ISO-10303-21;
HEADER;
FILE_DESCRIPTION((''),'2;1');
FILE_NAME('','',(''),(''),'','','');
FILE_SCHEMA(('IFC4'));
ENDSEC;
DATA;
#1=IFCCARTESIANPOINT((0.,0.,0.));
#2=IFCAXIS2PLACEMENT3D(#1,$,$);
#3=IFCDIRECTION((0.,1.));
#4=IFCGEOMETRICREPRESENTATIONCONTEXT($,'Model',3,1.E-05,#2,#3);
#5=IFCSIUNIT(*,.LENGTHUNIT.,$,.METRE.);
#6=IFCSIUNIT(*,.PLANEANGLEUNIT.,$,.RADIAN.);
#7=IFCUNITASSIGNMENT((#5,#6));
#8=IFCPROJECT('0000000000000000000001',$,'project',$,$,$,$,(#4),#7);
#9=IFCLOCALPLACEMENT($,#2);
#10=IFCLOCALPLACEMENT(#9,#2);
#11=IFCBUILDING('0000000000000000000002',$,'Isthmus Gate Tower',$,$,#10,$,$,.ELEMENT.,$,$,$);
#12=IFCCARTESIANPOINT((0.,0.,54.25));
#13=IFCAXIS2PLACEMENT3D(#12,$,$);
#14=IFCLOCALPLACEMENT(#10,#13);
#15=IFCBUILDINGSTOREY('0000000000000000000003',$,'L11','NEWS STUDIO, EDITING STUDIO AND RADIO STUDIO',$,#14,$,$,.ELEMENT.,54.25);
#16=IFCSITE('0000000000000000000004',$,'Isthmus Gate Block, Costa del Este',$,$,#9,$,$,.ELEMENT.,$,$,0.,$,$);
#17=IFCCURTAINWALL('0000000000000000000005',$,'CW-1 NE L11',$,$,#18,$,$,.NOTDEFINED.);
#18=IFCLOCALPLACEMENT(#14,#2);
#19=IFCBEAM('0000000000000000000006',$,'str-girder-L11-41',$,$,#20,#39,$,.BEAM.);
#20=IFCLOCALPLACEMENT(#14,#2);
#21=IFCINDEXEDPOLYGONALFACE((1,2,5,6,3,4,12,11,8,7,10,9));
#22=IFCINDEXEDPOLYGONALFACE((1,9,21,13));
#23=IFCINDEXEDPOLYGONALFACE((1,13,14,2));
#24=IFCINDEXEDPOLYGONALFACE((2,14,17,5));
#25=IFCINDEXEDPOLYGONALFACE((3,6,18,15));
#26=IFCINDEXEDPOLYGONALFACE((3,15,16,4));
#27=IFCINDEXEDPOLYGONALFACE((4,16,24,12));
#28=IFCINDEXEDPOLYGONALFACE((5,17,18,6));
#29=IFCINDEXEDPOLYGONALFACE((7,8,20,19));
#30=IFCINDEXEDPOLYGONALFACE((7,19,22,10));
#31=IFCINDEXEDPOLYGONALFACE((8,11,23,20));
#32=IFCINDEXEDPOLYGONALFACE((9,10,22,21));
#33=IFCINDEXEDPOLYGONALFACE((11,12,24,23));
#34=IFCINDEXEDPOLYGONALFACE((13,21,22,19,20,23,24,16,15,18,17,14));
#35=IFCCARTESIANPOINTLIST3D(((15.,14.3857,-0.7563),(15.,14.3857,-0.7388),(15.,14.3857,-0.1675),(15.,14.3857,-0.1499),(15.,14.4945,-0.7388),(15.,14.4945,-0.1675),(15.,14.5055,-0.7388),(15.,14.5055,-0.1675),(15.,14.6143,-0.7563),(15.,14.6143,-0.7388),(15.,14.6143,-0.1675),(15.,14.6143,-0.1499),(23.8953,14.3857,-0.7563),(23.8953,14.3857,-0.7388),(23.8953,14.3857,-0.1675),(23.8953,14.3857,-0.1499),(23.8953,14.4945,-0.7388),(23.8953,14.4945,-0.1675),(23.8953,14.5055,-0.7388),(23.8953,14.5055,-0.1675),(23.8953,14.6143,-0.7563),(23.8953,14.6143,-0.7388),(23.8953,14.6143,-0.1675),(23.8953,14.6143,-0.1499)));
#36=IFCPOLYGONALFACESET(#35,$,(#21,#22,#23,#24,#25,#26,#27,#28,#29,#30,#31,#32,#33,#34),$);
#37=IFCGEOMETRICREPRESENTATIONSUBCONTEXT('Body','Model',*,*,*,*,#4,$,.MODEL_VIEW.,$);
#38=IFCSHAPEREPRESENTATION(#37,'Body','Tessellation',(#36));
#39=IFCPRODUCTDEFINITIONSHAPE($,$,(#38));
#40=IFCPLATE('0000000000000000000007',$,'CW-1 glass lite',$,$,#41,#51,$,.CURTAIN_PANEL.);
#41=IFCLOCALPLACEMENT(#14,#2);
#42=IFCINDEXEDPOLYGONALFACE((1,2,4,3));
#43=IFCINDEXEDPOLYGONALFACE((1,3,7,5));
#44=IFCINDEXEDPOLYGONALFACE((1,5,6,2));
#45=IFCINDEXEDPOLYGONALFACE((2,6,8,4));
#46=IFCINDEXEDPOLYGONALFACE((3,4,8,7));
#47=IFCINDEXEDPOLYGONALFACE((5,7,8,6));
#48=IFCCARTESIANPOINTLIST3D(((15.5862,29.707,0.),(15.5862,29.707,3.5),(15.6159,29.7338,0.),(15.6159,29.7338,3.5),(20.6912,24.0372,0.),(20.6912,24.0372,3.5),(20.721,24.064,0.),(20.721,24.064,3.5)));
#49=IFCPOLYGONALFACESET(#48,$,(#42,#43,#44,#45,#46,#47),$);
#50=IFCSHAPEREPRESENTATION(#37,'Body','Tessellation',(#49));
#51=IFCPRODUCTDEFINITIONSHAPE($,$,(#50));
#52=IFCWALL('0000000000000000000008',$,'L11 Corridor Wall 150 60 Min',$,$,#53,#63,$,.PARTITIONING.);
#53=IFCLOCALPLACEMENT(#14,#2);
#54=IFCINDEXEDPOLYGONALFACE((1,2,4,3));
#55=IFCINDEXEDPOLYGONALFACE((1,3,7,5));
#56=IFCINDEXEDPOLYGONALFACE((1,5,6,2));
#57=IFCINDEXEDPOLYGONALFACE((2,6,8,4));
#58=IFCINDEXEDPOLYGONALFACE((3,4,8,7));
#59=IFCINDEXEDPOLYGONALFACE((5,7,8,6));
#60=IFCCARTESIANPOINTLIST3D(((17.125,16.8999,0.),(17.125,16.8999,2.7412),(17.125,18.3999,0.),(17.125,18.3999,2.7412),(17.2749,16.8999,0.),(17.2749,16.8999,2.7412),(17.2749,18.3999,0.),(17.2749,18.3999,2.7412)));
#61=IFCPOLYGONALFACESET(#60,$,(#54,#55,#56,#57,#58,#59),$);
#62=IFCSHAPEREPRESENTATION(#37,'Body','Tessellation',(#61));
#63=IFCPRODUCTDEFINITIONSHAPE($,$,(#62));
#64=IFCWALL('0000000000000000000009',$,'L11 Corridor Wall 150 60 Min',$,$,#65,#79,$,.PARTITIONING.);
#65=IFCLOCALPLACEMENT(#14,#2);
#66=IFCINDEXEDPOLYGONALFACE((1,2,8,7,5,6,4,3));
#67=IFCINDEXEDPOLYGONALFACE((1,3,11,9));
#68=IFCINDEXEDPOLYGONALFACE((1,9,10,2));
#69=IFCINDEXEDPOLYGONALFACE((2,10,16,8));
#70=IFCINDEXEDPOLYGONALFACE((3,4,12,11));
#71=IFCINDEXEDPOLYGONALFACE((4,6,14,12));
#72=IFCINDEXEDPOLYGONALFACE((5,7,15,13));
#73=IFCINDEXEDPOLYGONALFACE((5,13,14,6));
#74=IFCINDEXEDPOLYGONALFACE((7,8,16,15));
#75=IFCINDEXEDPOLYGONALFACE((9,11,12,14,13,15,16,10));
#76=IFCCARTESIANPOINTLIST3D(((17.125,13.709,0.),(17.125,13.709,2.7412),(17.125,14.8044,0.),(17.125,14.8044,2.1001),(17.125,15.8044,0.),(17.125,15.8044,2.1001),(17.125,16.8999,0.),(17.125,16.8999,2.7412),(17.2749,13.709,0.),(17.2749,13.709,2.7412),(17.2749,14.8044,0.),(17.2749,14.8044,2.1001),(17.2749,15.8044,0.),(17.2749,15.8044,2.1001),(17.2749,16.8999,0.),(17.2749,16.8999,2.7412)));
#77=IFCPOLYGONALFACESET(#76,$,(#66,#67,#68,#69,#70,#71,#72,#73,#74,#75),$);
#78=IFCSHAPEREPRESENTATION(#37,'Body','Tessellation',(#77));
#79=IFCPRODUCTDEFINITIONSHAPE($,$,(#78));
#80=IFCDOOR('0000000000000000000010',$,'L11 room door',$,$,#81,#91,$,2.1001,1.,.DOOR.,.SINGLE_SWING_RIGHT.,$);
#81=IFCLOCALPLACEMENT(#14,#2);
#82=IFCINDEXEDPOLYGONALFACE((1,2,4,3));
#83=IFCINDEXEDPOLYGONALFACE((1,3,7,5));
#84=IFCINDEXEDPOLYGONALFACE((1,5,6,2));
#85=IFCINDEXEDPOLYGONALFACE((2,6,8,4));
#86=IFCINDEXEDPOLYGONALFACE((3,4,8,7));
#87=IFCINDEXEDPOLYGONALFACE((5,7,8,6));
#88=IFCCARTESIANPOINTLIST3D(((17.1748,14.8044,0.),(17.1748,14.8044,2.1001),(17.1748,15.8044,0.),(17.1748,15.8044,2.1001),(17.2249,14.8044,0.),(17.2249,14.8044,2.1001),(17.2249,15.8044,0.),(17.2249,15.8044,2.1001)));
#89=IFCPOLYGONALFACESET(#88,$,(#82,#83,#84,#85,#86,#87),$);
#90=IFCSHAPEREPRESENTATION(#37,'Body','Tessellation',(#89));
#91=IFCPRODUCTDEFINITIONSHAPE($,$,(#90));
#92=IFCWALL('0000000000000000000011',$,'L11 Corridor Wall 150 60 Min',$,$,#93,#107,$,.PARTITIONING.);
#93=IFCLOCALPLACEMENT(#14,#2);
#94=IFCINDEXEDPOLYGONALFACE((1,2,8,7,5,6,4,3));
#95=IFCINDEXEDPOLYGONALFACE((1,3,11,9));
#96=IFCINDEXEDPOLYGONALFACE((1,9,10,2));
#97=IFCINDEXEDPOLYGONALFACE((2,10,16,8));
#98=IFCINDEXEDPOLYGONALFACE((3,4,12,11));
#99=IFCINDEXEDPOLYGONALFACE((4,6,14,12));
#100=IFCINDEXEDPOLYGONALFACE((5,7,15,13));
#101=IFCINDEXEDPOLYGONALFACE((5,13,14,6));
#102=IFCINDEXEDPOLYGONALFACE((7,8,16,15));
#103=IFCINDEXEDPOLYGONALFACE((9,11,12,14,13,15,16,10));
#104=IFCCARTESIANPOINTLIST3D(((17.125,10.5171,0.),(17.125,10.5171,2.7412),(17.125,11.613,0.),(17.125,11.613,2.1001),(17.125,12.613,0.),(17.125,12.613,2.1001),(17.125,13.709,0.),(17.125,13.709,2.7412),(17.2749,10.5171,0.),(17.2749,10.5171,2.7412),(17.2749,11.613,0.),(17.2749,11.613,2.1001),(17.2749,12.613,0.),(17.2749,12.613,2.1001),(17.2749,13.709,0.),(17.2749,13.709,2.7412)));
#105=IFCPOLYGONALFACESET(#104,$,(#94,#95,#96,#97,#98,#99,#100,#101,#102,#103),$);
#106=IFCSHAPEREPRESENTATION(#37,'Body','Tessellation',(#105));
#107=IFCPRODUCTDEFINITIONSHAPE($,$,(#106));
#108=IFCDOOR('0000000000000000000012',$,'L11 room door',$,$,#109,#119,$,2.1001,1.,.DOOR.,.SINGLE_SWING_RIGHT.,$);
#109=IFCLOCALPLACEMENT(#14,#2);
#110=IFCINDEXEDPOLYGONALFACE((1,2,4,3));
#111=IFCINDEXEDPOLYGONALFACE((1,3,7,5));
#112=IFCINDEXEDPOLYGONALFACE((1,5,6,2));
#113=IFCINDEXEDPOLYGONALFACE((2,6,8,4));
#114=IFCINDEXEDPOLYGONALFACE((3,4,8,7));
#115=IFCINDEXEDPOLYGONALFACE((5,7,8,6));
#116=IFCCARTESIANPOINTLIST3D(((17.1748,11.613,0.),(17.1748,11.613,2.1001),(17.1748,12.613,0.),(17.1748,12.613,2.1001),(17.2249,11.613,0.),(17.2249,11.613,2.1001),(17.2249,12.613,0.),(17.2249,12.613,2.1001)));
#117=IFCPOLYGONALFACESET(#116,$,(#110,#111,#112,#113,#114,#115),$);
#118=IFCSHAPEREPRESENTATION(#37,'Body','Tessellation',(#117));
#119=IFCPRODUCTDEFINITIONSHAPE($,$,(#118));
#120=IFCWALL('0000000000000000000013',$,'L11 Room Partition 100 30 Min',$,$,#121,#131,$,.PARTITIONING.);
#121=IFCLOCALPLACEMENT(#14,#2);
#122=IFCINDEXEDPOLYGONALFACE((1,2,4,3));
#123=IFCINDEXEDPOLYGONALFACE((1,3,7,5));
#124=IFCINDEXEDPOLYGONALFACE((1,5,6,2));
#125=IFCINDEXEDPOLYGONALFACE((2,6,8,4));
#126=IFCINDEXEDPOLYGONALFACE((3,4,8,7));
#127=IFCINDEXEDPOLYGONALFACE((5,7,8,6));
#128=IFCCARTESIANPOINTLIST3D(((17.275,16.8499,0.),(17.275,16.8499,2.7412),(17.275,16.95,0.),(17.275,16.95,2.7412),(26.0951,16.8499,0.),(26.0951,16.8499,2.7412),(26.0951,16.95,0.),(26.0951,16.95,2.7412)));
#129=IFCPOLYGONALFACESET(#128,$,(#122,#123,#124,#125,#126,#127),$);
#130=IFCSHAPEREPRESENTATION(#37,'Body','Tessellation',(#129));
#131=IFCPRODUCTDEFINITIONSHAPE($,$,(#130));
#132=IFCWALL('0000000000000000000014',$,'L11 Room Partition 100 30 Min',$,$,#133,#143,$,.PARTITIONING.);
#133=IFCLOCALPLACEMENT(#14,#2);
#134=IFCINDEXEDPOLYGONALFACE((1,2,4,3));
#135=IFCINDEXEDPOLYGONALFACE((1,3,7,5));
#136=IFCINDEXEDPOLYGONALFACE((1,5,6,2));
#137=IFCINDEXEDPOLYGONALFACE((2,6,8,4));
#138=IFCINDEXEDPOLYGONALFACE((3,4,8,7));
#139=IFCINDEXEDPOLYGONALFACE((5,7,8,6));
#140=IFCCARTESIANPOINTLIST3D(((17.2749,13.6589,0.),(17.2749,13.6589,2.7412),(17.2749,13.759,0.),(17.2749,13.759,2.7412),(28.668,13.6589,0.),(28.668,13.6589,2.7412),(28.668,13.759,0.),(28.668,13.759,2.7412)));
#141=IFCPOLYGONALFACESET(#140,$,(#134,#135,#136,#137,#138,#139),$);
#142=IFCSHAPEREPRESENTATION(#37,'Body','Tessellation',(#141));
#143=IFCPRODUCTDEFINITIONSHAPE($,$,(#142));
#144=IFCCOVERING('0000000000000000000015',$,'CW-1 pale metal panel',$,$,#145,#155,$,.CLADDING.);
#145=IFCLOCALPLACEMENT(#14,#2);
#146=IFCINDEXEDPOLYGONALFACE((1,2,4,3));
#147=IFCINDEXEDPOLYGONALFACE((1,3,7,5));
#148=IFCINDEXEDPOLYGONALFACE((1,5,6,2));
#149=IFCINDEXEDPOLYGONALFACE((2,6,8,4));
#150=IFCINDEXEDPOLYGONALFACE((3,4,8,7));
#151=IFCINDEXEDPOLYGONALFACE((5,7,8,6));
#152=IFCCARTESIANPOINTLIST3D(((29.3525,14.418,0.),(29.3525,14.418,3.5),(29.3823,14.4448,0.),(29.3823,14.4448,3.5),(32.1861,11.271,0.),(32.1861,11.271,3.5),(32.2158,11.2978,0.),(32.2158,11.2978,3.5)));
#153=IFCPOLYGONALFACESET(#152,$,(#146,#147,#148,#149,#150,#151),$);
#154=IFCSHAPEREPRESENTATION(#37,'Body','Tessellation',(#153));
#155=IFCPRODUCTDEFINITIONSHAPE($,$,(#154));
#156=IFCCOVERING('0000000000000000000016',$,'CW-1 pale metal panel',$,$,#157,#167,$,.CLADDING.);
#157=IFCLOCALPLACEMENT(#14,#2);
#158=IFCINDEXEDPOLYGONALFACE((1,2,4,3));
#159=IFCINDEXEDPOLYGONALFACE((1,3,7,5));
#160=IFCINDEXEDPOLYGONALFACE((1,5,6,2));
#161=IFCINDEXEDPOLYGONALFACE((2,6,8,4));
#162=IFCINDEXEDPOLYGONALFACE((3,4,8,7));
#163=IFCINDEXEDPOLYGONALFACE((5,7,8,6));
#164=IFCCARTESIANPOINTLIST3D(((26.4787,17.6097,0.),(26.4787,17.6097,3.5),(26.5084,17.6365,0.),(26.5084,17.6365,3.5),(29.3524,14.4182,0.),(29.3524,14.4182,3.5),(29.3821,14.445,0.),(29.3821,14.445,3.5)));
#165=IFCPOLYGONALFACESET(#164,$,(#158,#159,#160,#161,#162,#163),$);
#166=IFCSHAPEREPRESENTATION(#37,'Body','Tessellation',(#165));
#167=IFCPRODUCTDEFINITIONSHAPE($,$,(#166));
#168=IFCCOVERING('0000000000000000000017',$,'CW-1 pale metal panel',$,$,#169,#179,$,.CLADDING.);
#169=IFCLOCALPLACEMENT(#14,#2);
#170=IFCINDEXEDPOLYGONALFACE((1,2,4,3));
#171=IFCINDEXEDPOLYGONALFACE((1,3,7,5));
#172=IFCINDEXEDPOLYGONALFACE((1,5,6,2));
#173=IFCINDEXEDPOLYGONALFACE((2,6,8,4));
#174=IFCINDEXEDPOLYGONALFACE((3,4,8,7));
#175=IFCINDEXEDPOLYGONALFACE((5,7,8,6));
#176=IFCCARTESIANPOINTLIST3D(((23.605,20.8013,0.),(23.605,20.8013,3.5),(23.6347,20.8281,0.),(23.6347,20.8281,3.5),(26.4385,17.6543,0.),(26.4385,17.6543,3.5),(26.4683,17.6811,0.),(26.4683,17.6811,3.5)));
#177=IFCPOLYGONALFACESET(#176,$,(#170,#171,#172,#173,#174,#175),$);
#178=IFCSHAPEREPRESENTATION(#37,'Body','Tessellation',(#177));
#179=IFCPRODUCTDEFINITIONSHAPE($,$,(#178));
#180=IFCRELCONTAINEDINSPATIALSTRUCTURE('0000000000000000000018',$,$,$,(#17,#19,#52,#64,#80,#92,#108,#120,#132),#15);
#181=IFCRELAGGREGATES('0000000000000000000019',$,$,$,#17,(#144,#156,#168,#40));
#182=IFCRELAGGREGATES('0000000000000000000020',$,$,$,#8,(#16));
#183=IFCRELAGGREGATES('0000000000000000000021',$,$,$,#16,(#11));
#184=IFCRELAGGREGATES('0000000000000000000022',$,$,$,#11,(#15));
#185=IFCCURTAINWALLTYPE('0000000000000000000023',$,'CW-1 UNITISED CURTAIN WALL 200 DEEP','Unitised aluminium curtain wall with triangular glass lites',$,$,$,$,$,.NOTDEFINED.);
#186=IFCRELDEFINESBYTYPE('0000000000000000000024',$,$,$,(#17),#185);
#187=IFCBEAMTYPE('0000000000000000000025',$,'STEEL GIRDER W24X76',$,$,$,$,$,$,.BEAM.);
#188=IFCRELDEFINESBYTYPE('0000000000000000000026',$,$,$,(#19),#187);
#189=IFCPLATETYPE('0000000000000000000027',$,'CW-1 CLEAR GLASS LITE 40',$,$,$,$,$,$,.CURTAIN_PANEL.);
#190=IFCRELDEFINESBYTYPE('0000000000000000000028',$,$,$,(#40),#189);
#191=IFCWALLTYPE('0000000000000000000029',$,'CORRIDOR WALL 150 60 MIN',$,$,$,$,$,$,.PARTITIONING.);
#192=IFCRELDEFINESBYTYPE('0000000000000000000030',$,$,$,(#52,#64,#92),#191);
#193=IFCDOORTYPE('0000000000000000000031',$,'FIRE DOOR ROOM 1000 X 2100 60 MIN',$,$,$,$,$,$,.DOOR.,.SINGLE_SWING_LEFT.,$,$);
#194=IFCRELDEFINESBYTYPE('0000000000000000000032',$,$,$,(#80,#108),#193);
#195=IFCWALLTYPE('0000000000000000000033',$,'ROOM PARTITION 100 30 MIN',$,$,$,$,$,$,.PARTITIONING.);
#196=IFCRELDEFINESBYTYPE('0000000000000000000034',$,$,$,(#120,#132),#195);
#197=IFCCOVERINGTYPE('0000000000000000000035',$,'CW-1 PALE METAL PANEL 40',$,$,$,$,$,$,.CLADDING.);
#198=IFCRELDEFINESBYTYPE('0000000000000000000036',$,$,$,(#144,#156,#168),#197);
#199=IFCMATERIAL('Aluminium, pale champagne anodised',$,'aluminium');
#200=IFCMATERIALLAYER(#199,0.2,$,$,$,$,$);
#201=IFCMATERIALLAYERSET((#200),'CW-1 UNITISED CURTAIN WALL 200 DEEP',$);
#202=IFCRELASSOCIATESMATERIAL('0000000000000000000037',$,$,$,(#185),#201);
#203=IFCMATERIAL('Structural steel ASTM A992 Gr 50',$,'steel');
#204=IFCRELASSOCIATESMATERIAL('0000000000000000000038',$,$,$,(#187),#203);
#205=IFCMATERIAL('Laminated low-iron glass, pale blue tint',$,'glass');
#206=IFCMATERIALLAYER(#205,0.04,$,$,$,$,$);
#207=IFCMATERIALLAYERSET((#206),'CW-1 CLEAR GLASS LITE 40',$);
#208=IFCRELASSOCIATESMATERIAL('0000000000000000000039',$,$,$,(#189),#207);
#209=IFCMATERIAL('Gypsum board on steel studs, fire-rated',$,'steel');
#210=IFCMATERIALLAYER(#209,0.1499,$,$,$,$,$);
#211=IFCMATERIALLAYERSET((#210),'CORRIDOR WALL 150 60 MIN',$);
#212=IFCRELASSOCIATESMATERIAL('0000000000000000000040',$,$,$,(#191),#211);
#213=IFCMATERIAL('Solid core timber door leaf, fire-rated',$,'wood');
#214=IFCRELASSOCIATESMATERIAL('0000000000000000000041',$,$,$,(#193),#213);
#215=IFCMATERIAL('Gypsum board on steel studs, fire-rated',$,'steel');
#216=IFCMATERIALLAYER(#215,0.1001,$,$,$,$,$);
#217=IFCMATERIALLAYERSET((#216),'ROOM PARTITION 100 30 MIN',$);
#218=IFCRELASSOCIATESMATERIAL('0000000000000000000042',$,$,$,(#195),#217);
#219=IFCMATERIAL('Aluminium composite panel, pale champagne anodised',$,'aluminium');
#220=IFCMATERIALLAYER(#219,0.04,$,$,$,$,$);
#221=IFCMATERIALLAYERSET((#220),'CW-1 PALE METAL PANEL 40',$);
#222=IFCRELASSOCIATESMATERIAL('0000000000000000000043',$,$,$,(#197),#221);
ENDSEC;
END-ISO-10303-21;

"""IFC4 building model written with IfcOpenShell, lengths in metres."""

from ifc_helpers import new_model, si_unit, direction, frame, frame_2d, origin, origin_2d, place, context, subcontext, project, spatial, rectangle, i_section, extrude, material, layer, layer_set, material_profile, profile_set, type_object, element, fill, aggregate, save


model = new_model("IFC4")

# Units and contexts
model_context = context("Model", 3, precision=1e-05, world=origin(), true_north=direction((0.0, 1.0)))
body_context = subcontext(model_context, "Body", "Model", "MODEL_VIEW")
ifc_project = project(units=[si_unit("LENGTHUNIT", "METRE"), si_unit("PLANEANGLEUNIT", "RADIAN")], contexts=[model_context])

# Site, building, storey
site_placement = place(None, origin())
site = spatial("IfcSite", under=ifc_project, at=site_placement, Name="Isthmus Gate Block, Costa del Este", CompositionType="ELEMENT", RefElevation=0.0)
building_placement = place(site_placement, origin())
building = spatial("IfcBuilding", under=site, at=building_placement, Name="Isthmus Gate Tower", CompositionType="ELEMENT")
storey_placement = place(building_placement, frame((0.0, 0.0, 54.25)))
storey = spatial("IfcBuildingStorey", under=building, at=storey_placement, Name="L11", Description="NEWS STUDIO, EDITING STUDIO AND RADIO STUDIO", CompositionType="ELEMENT", Elevation=54.25)

# Curtain wall
ifc_material_1 = material(Name="Aluminium, pale champagne anodised", Category="aluminium")
ifc_layer_1 = layer(ifc_material_1, 0.2)
ifc_layer_set_1 = layer_set([ifc_layer_1], Name="CW-1 UNITISED CURTAIN WALL 200 DEEP")
curtain_wall_type = type_object("IfcCurtainWallType", Name="CW-1 UNITISED CURTAIN WALL 200 DEEP", Description="Unitised aluminium curtain wall with triangular glass lites", PredefinedType="NOTDEFINED", material=ifc_layer_set_1)
curtain_wall_1_placement = place(storey_placement, origin())
curtain_wall_1 = element("IfcCurtainWall", 1, at=curtain_wall_1_placement, inside=storey, type_object=curtain_wall_type, Name="CW-1 NE L11", PredefinedType="NOTDEFINED")

# Beam
ifc_material_2 = material(Name="Structural steel ASTM A992 Gr 50", Category="steel")
ifc_material_profile_1 = material_profile(ifc_material_2, i_section(OverallWidth=0.2285, OverallDepth=0.6064, WebThickness=0.011, FlangeThickness=0.0176, at=origin_2d()), Name="W24X76")
ifc_profile_set_1 = profile_set([ifc_material_profile_1], Name="Structural steel ASTM A992 Gr 50")
beam_type_1 = type_object("IfcBeamType", Name="STEEL GIRDER W24X76", PredefinedType="BEAM", material=ifc_profile_set_1)
beam_1_placement = place(storey_placement, frame((15.0, 14.5, -0.4531), z_axis=(1.0, 0.0, 0.0), x_axis=(0.0, 1.0, 0.0)))
element("IfcBeam", 2, at=beam_1_placement, inside=storey, type_object=beam_type_1, Name="str-girder-L11-41", PredefinedType="BEAM", context=body_context, shape_type="SweptSolid", body=[
    extrude(i_section(OverallWidth=0.2285, OverallDepth=0.6064, WebThickness=0.011, FlangeThickness=0.0176, at=origin_2d()), origin(), (0.0, 0.0, 1.0), 8.8953),
])

# Plate
ifc_material_3 = material(Name="Laminated low-iron glass, pale blue tint", Category="glass")
ifc_layer_2 = layer(ifc_material_3, 0.04)
ifc_layer_set_2 = layer_set([ifc_layer_2], Name="CW-1 CLEAR GLASS LITE 40")
plate_type = type_object("IfcPlateType", Name="CW-1 CLEAR GLASS LITE 40", PredefinedType="CURTAIN_PANEL", material=ifc_layer_set_2)
plate_placement = place(storey_placement, frame((18.1536, 26.8855, 0.0), z_axis=(0.0, 0.0, 1.0), x_axis=(-0.669131, 0.743145, 0.0)))
plate = element("IfcPlate", 3, at=plate_placement, type_object=plate_type, Name="CW-1 glass lite", PredefinedType="CURTAIN_PANEL", context=body_context, shape_type="SweptSolid", body=[
    extrude(rectangle(XDim=7.6294, YDim=0.04, at=origin_2d()), origin(), (0.0, 0.0, 1.0), 3.5),
])

# Wall
ifc_material_4 = material(Name="Gypsum board on steel studs, fire-rated", Category="steel")
ifc_layer_3 = layer(ifc_material_4, 0.1499)
ifc_layer_set_3 = layer_set([ifc_layer_3], Name="CORRIDOR WALL 150 60 MIN")
wall_type_1 = type_object("IfcWallType", Name="CORRIDOR WALL 150 60 MIN", PredefinedType="PARTITIONING", material=ifc_layer_set_3)
wall_1_placement = place(storey_placement, frame((17.2, 18.3999, 0.0), z_axis=(0.0, 0.0, 1.0), x_axis=(0.0, -1.0, 0.0)))
element("IfcWall", 4, at=wall_1_placement, inside=storey, type_object=wall_type_1, Name="L11 Corridor Wall 150 60 Min", PredefinedType="PARTITIONING", context=body_context, shape_type="SweptSolid", body=[
    extrude(rectangle(XDim=1.5, YDim=0.1499, at=frame_2d((0.75, 0.0))), origin(), (0.0, 0.0, 1.0), 2.7412),
])

# Walls, openings, doors
wall_2_placement = place(storey_placement, frame((17.2, 16.8999, 0.0), z_axis=(0.0, 0.0, 1.0), x_axis=(0.0, -1.0, 0.0)))
wall_2 = element("IfcWall", 5, at=wall_2_placement, inside=storey, type_object=wall_type_1, Name="L11 Corridor Wall 150 60 Min", PredefinedType="PARTITIONING", context=body_context, shape_type="SweptSolid", body=[
    extrude(rectangle(XDim=3.1909, YDim=0.1499, at=frame_2d((1.5955, 0.0))), origin(), (0.0, 0.0, 1.0), 2.7412),
])
opening_1_placement = place(wall_2_placement, frame((1.0955, 0.0, 0.0)))
opening_1 = element("IfcOpeningElement", 6, at=opening_1_placement, cuts=wall_2, PredefinedType="OPENING", context=body_context, shape_type="SweptSolid", body=[
    extrude(rectangle(XDim=1.0, YDim=2.1001, at=frame_2d((0.5, 1.05))), frame((0.0, 0.085, 0.0), z_axis=(0.0, -1.0, 0.0), x_axis=(1.0, 0.0, 0.0)), (0.0, 0.0, 1.0), 0.1699),
])
ifc_material_5 = material(Name="Solid core timber door leaf, fire-rated", Category="wood")
door_type = type_object("IfcDoorType", Name="FIRE DOOR ROOM 1000 X 2100 60 MIN", OperationType="SINGLE_SWING_LEFT", PredefinedType="DOOR", material=ifc_material_5)
door_1_placement = place(opening_1_placement, origin())
door_1 = element("IfcDoor", 7, at=door_1_placement, inside=storey, type_object=door_type, Name="L11 room door", OperationType="SINGLE_SWING_RIGHT", OverallHeight=2.1001, OverallWidth=1.0, PredefinedType="DOOR", context=body_context, shape_type="SweptSolid", body=[
    extrude(rectangle(XDim=1.0, YDim=2.1001, at=frame_2d((0.5, 1.05))), frame((0.0, 0.0249, 0.0), z_axis=(0.0, -1.0, 0.0), x_axis=(1.0, 0.0, 0.0)), (0.0, 0.0, 1.0), 0.05),
])
fill(opening_1, door_1)
wall_3_placement = place(storey_placement, frame((17.2, 13.709, 0.0), z_axis=(0.0, 0.0, 1.0), x_axis=(0.0, -1.0, 0.0)))
wall_3 = element("IfcWall", 8, at=wall_3_placement, inside=storey, type_object=wall_type_1, Name="L11 Corridor Wall 150 60 Min", PredefinedType="PARTITIONING", context=body_context, shape_type="SweptSolid", body=[
    extrude(rectangle(XDim=3.1919, YDim=0.1499, at=frame_2d((1.5959, 0.0))), origin(), (0.0, 0.0, 1.0), 2.7412),
])
opening_2_placement = place(wall_3_placement, frame((1.0959, 0.0, 0.0)))
opening_2 = element("IfcOpeningElement", 9, at=opening_2_placement, cuts=wall_3, PredefinedType="OPENING", context=body_context, shape_type="SweptSolid", body=[
    extrude(rectangle(XDim=1.0, YDim=2.1001, at=frame_2d((0.5, 1.05))), frame((0.0, 0.085, 0.0), z_axis=(0.0, -1.0, 0.0), x_axis=(1.0, 0.0, 0.0)), (0.0, 0.0, 1.0), 0.1699),
])
door_2_placement = place(opening_2_placement, origin())
door_2 = element("IfcDoor", 10, at=door_2_placement, inside=storey, type_object=door_type, Name="L11 room door", OperationType="SINGLE_SWING_RIGHT", OverallHeight=2.1001, OverallWidth=1.0, PredefinedType="DOOR", context=body_context, shape_type="SweptSolid", body=[
    extrude(rectangle(XDim=1.0, YDim=2.1001, at=frame_2d((0.5, 1.05))), frame((0.0, 0.0249, 0.0), z_axis=(0.0, -1.0, 0.0), x_axis=(1.0, 0.0, 0.0)), (0.0, 0.0, 1.0), 0.05),
])
fill(opening_2, door_2)

# Walls
ifc_material_6 = material(Name="Gypsum board on steel studs, fire-rated", Category="steel")
ifc_layer_4 = layer(ifc_material_6, 0.1001)
ifc_layer_set_4 = layer_set([ifc_layer_4], Name="ROOM PARTITION 100 30 MIN")
wall_type_2 = type_object("IfcWallType", Name="ROOM PARTITION 100 30 MIN", PredefinedType="PARTITIONING", material=ifc_layer_set_4)
wall_4_placement = place(storey_placement, frame((17.2749, 16.8999, 0.0), z_axis=(0.0, 0.0, 1.0), x_axis=(1.0, 0.0, 0.0)))
element("IfcWall", 11, at=wall_4_placement, inside=storey, type_object=wall_type_2, Name="L11 Room Partition 100 30 Min", PredefinedType="PARTITIONING", context=body_context, shape_type="SweptSolid", body=[
    extrude(rectangle(XDim=8.8201, YDim=0.1001, at=frame_2d((4.4102, 0.0))), origin(), (0.0, 0.0, 1.0), 2.7412),
])
wall_5_placement = place(storey_placement, frame((17.2749, 13.709, 0.0), z_axis=(0.0, 0.0, 1.0), x_axis=(1.0, 0.0, 0.0)))
element("IfcWall", 12, at=wall_5_placement, inside=storey, type_object=wall_type_2, Name="L11 Room Partition 100 30 Min", PredefinedType="PARTITIONING", context=body_context, shape_type="SweptSolid", body=[
    extrude(rectangle(XDim=11.3931, YDim=0.1001, at=frame_2d((5.6965, 0.0))), origin(), (0.0, 0.0, 1.0), 2.7412),
])

# Coverings
ifc_material_7 = material(Name="Aluminium composite panel, pale champagne anodised", Category="aluminium")
ifc_layer_5 = layer(ifc_material_7, 0.04)
ifc_layer_set_5 = layer_set([ifc_layer_5], Name="CW-1 PALE METAL PANEL 40")
covering_type = type_object("IfcCoveringType", Name="CW-1 PALE METAL PANEL 40", PredefinedType="CLADDING", material=ifc_layer_set_5)
covering_1_placement = place(storey_placement, frame((30.7842, 12.8579, 0.0), z_axis=(0.0, 0.0, 1.0), x_axis=(-0.669131, 0.743145, 0.0)))
covering_1 = element("IfcCovering", 13, at=covering_1_placement, type_object=covering_type, Name="CW-1 pale metal panel", PredefinedType="CLADDING", context=body_context, shape_type="SweptSolid", body=[
    extrude(rectangle(XDim=4.2346, YDim=0.04, at=origin_2d()), origin(), (0.0, 0.0, 1.0), 3.5),
])
covering_2_placement = place(storey_placement, frame((27.9304, 16.0273, 0.0), z_axis=(0.0, 0.0, 1.0), x_axis=(-0.669131, 0.743145, 0.0)))
covering_2 = element("IfcCovering", 14, at=covering_2_placement, type_object=covering_type, Name="CW-1 pale metal panel", PredefinedType="CLADDING", context=body_context, shape_type="SweptSolid", body=[
    extrude(rectangle(XDim=4.2947, YDim=0.04, at=origin_2d()), origin(), (0.0, 0.0, 1.0), 3.5),
])
covering_3_placement = place(storey_placement, frame((25.0366, 19.2412, 0.0), z_axis=(0.0, 0.0, 1.0), x_axis=(-0.669131, 0.743145, 0.0)))
covering_3 = element("IfcCovering", 15, at=covering_3_placement, type_object=covering_type, Name="CW-1 pale metal panel", PredefinedType="CLADDING", context=body_context, shape_type="SweptSolid", body=[
    extrude(rectangle(XDim=4.2346, YDim=0.04, at=origin_2d()), origin(), (0.0, 0.0, 1.0), 3.5),
])
aggregate(curtain_wall_1, [covering_1, covering_2, covering_3, plate])

save(model, "model.ifc")
